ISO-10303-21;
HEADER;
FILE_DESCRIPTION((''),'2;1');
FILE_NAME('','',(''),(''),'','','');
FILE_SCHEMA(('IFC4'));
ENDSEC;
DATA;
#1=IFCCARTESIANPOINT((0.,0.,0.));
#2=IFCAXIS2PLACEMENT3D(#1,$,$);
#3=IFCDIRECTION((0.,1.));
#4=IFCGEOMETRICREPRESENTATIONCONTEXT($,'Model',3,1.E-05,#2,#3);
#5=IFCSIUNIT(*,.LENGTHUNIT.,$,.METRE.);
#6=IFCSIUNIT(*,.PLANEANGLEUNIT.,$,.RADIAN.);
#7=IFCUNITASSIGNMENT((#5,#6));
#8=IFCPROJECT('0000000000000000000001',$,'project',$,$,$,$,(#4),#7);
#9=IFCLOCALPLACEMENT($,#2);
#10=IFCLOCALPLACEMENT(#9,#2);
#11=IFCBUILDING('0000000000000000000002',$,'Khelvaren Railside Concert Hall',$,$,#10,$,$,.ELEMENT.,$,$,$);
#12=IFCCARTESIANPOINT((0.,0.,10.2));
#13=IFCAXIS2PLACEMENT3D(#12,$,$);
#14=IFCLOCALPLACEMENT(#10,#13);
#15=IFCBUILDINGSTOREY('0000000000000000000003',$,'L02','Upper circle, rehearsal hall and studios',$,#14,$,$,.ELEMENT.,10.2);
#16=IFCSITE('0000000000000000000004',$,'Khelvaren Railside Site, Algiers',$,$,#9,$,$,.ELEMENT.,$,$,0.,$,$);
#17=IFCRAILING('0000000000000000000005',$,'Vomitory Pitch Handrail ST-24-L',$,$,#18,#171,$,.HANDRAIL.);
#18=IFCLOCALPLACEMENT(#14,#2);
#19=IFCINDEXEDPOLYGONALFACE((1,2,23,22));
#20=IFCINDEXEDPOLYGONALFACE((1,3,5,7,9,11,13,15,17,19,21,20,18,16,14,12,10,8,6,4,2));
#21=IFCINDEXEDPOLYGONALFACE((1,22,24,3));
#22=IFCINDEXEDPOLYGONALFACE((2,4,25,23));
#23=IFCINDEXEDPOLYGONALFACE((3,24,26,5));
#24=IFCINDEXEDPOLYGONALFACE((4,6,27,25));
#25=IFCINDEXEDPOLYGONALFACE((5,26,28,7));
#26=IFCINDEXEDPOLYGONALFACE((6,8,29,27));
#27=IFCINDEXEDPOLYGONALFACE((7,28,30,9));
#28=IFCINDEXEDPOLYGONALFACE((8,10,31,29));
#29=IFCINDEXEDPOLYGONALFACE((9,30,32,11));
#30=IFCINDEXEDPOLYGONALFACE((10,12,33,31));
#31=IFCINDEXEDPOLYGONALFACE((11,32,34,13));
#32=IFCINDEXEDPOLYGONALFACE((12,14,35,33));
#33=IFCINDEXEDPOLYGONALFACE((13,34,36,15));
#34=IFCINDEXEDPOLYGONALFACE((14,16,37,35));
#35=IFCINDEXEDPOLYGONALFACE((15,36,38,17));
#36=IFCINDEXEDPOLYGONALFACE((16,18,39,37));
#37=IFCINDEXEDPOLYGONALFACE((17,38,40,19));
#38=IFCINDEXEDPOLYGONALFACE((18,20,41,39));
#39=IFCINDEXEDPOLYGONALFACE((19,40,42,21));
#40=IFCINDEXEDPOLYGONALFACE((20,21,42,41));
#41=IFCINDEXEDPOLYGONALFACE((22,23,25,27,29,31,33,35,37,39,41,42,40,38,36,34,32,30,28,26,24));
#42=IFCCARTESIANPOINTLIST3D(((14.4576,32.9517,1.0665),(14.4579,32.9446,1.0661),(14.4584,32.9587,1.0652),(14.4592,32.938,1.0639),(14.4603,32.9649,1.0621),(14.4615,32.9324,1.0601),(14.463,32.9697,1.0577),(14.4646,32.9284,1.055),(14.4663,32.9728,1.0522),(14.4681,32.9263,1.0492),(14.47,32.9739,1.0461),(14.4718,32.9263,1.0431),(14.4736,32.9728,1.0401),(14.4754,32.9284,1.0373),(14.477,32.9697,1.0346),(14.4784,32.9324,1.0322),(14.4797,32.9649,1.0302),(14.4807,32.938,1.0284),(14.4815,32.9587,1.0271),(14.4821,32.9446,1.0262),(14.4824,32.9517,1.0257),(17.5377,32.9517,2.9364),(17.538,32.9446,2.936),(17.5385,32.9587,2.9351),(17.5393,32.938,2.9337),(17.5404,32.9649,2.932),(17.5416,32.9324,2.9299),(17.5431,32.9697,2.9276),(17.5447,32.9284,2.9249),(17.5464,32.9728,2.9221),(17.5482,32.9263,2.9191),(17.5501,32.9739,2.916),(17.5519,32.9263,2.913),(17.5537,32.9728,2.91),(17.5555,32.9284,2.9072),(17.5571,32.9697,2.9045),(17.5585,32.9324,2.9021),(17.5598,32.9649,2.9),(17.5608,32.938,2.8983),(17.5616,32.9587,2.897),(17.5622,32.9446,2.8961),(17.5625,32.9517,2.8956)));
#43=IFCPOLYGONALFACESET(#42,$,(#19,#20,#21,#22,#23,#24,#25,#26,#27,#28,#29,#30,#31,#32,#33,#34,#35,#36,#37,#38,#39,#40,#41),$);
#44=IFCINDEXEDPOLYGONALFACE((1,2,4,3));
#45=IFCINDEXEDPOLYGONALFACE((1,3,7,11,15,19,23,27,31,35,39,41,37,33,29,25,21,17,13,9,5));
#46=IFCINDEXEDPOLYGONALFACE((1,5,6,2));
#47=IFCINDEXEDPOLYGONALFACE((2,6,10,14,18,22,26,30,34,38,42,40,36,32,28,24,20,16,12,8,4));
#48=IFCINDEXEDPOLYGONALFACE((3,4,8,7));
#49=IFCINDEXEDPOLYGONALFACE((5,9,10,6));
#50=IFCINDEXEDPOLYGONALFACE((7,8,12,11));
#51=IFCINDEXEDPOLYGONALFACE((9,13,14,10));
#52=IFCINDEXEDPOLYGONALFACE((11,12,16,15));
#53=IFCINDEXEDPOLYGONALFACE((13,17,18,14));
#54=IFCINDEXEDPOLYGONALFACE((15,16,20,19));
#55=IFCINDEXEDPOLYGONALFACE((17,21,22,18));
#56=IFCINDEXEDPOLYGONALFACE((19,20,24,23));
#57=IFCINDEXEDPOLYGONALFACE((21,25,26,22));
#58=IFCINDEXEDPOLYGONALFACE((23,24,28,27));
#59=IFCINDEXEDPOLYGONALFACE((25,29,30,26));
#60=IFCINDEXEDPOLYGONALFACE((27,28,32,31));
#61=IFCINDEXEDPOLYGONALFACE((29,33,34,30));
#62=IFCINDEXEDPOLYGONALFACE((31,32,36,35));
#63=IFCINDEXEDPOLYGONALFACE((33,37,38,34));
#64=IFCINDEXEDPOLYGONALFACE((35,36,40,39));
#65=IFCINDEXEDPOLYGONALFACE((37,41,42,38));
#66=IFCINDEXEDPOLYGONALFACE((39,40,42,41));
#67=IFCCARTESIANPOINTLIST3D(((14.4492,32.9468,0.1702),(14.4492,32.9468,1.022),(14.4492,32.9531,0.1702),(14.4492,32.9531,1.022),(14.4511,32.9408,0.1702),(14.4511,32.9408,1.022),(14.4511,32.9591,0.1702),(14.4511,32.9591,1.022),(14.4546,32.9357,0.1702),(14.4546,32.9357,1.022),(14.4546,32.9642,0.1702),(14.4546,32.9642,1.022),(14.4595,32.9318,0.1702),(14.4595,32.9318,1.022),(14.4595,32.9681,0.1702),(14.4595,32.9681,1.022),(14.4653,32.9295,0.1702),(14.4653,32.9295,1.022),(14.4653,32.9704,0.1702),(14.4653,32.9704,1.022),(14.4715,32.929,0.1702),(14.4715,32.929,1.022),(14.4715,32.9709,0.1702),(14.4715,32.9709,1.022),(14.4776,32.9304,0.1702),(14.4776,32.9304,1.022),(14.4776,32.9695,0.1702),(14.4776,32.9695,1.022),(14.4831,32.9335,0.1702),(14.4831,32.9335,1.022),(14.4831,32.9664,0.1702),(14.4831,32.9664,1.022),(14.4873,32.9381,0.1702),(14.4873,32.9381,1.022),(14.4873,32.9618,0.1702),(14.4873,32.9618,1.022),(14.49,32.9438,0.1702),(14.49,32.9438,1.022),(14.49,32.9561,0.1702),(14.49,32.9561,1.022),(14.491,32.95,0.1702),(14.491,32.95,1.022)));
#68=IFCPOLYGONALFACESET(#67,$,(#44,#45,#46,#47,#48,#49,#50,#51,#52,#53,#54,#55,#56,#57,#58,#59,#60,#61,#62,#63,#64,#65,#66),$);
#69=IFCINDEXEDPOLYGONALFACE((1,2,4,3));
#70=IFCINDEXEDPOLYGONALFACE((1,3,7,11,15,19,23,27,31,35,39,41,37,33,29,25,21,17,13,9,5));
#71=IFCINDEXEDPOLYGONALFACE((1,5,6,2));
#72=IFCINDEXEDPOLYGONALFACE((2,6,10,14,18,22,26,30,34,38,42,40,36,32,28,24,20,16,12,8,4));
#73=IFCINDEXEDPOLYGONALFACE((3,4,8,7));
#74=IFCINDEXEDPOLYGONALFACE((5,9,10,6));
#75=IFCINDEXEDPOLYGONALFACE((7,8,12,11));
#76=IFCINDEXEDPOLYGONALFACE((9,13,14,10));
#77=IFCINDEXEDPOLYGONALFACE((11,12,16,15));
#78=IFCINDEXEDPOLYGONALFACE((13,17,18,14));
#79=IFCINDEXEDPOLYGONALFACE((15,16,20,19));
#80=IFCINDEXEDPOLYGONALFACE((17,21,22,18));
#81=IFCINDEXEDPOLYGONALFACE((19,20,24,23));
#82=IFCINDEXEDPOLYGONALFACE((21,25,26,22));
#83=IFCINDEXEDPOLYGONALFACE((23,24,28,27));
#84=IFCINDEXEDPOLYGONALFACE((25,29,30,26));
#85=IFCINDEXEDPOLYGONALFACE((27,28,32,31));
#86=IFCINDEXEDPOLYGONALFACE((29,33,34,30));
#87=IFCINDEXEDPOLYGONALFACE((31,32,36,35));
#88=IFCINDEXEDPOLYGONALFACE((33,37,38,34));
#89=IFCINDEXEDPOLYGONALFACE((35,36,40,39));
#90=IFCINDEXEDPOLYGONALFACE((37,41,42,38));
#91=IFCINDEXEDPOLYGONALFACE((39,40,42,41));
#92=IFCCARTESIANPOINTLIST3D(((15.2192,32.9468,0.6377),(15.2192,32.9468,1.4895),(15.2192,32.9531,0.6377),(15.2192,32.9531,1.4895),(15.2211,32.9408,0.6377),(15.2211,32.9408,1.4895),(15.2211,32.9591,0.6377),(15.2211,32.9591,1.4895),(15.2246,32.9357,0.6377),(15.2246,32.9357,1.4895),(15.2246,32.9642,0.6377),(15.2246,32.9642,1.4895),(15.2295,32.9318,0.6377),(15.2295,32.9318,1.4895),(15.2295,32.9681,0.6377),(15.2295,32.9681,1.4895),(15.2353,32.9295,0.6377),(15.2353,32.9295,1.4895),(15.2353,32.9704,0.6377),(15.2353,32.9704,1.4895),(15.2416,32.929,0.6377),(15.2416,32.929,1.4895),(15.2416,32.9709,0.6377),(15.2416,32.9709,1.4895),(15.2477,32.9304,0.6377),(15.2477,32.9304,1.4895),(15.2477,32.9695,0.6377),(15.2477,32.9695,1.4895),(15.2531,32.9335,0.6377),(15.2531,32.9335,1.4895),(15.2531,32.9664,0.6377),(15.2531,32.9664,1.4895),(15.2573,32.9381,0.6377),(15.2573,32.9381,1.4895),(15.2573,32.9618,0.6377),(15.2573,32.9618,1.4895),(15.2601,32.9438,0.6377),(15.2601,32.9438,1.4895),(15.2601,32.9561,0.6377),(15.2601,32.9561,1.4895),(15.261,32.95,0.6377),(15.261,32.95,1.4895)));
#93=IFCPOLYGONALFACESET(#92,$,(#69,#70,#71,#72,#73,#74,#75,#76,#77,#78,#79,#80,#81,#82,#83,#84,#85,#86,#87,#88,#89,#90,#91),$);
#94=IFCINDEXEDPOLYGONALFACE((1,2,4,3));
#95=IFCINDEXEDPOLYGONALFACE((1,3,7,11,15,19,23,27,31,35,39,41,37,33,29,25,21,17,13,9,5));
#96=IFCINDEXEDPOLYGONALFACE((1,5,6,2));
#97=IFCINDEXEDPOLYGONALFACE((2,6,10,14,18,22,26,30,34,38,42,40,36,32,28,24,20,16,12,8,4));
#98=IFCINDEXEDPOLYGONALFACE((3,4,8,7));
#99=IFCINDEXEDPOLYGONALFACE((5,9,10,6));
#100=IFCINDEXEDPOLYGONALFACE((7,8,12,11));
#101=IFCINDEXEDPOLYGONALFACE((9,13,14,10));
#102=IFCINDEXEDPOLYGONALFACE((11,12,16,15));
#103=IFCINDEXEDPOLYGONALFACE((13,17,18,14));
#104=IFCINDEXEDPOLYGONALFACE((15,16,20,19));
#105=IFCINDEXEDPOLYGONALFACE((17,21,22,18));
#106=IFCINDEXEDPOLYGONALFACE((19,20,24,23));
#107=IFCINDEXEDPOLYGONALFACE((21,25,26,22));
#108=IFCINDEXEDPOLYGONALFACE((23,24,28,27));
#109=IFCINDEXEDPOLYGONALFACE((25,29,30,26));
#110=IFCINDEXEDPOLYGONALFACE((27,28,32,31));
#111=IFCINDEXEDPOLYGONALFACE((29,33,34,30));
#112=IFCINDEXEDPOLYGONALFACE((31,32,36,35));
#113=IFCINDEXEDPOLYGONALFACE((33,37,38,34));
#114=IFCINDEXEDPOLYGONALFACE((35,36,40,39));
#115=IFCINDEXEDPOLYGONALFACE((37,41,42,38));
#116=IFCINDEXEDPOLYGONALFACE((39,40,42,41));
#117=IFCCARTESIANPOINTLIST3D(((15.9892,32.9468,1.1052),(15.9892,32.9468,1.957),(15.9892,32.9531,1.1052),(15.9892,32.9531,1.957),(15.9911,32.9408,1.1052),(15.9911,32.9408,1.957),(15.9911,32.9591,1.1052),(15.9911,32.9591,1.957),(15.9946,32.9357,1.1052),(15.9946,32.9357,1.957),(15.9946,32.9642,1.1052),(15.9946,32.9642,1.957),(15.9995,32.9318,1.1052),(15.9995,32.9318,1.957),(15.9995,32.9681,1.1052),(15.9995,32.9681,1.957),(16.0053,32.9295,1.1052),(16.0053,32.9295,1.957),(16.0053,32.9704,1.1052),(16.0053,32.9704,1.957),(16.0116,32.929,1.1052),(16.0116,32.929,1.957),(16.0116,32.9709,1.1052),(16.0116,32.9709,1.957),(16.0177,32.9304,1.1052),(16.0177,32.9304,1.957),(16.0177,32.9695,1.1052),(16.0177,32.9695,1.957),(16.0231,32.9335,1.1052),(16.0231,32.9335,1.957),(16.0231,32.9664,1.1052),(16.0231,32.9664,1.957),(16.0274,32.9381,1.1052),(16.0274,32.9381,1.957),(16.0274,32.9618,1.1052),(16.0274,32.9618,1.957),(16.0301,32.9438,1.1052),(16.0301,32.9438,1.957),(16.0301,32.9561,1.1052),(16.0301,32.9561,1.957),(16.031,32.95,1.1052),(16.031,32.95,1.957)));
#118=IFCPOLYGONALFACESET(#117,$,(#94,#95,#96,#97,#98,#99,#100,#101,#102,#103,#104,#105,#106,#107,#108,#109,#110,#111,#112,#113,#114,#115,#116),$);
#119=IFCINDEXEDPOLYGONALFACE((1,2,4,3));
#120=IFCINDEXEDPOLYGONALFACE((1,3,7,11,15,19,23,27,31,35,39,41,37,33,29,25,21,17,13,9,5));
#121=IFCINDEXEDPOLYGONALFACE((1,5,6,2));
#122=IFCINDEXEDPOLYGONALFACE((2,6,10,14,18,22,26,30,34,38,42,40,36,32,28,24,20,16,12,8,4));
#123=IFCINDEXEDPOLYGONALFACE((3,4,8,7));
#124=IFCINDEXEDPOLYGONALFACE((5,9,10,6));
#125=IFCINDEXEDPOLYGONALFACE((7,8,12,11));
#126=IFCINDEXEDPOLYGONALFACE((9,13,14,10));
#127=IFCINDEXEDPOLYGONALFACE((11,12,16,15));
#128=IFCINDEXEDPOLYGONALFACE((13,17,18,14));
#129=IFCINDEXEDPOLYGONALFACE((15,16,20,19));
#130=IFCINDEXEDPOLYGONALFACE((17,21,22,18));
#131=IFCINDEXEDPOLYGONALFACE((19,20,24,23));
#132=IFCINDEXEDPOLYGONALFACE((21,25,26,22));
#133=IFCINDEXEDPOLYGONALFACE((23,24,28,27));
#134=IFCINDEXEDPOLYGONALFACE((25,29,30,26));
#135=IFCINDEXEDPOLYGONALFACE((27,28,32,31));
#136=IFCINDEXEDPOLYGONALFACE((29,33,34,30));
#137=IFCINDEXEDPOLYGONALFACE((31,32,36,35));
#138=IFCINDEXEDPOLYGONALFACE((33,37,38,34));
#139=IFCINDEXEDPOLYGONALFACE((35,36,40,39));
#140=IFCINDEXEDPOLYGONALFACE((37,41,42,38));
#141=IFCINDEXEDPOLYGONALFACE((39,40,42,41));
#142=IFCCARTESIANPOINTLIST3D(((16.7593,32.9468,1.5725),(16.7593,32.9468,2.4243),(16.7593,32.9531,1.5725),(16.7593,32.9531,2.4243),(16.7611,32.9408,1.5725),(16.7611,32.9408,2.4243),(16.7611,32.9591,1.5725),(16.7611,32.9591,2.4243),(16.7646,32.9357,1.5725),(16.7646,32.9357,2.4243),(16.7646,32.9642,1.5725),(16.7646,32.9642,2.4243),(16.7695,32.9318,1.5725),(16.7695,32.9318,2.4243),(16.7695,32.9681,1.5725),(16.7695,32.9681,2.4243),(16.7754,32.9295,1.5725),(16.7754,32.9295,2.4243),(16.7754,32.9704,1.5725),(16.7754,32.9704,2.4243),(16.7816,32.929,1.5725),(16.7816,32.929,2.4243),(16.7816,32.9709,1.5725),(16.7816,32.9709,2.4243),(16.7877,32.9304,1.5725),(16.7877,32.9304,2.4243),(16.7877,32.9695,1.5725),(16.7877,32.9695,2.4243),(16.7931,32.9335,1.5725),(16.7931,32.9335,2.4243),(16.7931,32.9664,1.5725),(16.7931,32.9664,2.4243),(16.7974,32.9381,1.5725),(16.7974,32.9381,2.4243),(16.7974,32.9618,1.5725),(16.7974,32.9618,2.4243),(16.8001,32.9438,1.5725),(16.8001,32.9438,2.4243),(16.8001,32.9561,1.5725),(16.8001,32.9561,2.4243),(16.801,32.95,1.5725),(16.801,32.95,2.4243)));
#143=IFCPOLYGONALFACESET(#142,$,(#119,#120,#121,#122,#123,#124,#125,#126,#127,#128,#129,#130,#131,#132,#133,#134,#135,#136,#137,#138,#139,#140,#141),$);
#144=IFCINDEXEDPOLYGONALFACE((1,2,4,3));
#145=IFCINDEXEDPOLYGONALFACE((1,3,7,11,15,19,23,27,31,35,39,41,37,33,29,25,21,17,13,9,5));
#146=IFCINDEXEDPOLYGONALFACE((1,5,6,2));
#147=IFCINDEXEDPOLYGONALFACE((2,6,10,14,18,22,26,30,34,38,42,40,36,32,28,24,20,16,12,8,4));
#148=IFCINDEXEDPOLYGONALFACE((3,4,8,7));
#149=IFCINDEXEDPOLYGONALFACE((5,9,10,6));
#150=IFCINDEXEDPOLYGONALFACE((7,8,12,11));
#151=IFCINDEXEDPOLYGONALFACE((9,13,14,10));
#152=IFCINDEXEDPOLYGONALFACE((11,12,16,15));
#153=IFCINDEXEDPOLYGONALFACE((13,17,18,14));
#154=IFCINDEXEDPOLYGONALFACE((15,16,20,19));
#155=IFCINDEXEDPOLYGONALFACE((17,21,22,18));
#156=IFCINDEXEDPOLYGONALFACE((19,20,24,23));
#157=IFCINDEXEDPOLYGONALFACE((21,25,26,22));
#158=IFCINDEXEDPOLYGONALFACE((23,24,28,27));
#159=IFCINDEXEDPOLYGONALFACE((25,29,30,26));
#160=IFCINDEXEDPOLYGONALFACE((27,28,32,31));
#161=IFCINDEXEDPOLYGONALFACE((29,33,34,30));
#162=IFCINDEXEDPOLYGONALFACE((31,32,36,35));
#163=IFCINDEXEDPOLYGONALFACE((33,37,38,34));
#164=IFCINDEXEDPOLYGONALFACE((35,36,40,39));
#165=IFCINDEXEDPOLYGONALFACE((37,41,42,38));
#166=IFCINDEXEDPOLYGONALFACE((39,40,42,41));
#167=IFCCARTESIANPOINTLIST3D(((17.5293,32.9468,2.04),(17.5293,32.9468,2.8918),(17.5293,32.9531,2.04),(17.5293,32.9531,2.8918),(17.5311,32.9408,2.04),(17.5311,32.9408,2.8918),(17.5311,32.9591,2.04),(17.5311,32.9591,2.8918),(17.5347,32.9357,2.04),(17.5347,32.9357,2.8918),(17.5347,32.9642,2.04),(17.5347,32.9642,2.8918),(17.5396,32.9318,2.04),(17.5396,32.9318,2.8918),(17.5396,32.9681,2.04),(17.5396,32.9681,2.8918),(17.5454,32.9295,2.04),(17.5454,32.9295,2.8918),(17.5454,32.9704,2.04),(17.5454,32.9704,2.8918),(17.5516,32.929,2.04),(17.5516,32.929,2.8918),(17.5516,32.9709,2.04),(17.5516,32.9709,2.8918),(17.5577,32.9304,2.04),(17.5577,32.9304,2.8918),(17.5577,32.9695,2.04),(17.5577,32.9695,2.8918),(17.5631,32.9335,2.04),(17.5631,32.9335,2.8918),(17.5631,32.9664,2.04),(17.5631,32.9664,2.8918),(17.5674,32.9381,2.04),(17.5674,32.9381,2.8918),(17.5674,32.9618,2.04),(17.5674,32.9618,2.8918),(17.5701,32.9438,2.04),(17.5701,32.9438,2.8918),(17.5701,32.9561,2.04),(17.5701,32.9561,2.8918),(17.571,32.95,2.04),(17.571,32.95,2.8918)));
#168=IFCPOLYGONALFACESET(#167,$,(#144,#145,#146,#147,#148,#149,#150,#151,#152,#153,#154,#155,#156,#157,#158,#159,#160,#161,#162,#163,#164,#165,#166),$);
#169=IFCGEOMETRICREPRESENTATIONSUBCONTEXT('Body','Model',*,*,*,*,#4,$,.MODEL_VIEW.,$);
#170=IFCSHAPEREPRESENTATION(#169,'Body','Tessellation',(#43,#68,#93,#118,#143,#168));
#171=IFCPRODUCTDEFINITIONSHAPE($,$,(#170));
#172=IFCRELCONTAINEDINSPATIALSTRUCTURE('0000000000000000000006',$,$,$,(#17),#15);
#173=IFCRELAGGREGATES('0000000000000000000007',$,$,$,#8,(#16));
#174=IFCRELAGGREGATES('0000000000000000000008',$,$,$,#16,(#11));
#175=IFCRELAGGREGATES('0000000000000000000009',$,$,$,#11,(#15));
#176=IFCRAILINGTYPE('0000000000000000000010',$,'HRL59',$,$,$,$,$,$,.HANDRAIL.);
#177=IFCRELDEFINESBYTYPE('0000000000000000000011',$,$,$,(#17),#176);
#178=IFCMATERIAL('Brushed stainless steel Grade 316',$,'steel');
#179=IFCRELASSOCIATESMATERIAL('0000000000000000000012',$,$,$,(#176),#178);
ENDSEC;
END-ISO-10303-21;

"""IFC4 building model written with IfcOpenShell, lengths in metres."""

from ifc_helpers import new_model, si_unit, direction, frame, origin, origin_2d, place, context, subcontext, project, spatial, circle, extrude, material, type_object, element, save


model = new_model("IFC4")

# Units and contexts
model_context = context("Model", 3, precision=1e-05, world=origin(), true_north=direction((0.0, 1.0)))
body_context = subcontext(model_context, "Body", "Model", "MODEL_VIEW")
ifc_project = project(units=[si_unit("LENGTHUNIT", "METRE"), si_unit("PLANEANGLEUNIT", "RADIAN")], contexts=[model_context])

# Site, building, storey
site_placement = place(None, origin())
site = spatial("IfcSite", under=ifc_project, at=site_placement, Name="Khelvaren Railside Site, Algiers", CompositionType="ELEMENT", RefElevation=0.0)
building_placement = place(site_placement, origin())
building = spatial("IfcBuilding", under=site, at=building_placement, Name="Khelvaren Railside Concert Hall", CompositionType="ELEMENT")
storey_placement = place(building_placement, frame((0.0, 0.0, 10.2)))
storey = spatial("IfcBuildingStorey", under=building, at=storey_placement, Name="L02", Description="Upper circle, rehearsal hall and studios", CompositionType="ELEMENT", Elevation=10.2)

# Railing
ifc_material_1 = material(Name="Brushed stainless steel Grade 316", Category="steel")
railing_type_1 = type_object("IfcRailingType", Name="HRL59", PredefinedType="HANDRAIL", material=ifc_material_1)
for number, where, name in (
    (1, (14.47, 32.95, 0.1702), "Vomitory Pitch Handrail ST-24-L"),
):
    element("IfcRailing", number, at=place(storey_placement, frame(where)), inside=storey, type_object=railing_type_1, Name=name, PredefinedType="HANDRAIL", context=body_context, shape_type="SweptSolid", body=[
        extrude(circle(Radius=0.0239, at=origin_2d()), frame((0.0, 0.0, 0.876), z_axis=(0.854809, 0.0, 0.518943), x_axis=(0.0, 1.0, 0.0)), (0.0, 0.0, 1.0), 3.6033),
        extrude(circle(Radius=0.021, at=origin_2d()), origin(), (0.0, 0.0, 1.0), 0.8518),
        extrude(circle(Radius=0.021, at=origin_2d()), frame((0.77, 0.0, 0.4675)), (0.0, 0.0, 1.0), 0.8518),
        extrude(circle(Radius=0.021, at=origin_2d()), frame((1.54, 0.0, 0.9351)), (0.0, 0.0, 1.0), 0.8518),
        extrude(circle(Radius=0.021, at=origin_2d()), frame((2.3101, 0.0, 1.4023)), (0.0, 0.0, 1.0), 0.8518),
        extrude(circle(Radius=0.021, at=origin_2d()), frame((3.0801, 0.0, 1.8699)), (0.0, 0.0, 1.0), 0.8518),
    ])

save(model, "model.ifc")
